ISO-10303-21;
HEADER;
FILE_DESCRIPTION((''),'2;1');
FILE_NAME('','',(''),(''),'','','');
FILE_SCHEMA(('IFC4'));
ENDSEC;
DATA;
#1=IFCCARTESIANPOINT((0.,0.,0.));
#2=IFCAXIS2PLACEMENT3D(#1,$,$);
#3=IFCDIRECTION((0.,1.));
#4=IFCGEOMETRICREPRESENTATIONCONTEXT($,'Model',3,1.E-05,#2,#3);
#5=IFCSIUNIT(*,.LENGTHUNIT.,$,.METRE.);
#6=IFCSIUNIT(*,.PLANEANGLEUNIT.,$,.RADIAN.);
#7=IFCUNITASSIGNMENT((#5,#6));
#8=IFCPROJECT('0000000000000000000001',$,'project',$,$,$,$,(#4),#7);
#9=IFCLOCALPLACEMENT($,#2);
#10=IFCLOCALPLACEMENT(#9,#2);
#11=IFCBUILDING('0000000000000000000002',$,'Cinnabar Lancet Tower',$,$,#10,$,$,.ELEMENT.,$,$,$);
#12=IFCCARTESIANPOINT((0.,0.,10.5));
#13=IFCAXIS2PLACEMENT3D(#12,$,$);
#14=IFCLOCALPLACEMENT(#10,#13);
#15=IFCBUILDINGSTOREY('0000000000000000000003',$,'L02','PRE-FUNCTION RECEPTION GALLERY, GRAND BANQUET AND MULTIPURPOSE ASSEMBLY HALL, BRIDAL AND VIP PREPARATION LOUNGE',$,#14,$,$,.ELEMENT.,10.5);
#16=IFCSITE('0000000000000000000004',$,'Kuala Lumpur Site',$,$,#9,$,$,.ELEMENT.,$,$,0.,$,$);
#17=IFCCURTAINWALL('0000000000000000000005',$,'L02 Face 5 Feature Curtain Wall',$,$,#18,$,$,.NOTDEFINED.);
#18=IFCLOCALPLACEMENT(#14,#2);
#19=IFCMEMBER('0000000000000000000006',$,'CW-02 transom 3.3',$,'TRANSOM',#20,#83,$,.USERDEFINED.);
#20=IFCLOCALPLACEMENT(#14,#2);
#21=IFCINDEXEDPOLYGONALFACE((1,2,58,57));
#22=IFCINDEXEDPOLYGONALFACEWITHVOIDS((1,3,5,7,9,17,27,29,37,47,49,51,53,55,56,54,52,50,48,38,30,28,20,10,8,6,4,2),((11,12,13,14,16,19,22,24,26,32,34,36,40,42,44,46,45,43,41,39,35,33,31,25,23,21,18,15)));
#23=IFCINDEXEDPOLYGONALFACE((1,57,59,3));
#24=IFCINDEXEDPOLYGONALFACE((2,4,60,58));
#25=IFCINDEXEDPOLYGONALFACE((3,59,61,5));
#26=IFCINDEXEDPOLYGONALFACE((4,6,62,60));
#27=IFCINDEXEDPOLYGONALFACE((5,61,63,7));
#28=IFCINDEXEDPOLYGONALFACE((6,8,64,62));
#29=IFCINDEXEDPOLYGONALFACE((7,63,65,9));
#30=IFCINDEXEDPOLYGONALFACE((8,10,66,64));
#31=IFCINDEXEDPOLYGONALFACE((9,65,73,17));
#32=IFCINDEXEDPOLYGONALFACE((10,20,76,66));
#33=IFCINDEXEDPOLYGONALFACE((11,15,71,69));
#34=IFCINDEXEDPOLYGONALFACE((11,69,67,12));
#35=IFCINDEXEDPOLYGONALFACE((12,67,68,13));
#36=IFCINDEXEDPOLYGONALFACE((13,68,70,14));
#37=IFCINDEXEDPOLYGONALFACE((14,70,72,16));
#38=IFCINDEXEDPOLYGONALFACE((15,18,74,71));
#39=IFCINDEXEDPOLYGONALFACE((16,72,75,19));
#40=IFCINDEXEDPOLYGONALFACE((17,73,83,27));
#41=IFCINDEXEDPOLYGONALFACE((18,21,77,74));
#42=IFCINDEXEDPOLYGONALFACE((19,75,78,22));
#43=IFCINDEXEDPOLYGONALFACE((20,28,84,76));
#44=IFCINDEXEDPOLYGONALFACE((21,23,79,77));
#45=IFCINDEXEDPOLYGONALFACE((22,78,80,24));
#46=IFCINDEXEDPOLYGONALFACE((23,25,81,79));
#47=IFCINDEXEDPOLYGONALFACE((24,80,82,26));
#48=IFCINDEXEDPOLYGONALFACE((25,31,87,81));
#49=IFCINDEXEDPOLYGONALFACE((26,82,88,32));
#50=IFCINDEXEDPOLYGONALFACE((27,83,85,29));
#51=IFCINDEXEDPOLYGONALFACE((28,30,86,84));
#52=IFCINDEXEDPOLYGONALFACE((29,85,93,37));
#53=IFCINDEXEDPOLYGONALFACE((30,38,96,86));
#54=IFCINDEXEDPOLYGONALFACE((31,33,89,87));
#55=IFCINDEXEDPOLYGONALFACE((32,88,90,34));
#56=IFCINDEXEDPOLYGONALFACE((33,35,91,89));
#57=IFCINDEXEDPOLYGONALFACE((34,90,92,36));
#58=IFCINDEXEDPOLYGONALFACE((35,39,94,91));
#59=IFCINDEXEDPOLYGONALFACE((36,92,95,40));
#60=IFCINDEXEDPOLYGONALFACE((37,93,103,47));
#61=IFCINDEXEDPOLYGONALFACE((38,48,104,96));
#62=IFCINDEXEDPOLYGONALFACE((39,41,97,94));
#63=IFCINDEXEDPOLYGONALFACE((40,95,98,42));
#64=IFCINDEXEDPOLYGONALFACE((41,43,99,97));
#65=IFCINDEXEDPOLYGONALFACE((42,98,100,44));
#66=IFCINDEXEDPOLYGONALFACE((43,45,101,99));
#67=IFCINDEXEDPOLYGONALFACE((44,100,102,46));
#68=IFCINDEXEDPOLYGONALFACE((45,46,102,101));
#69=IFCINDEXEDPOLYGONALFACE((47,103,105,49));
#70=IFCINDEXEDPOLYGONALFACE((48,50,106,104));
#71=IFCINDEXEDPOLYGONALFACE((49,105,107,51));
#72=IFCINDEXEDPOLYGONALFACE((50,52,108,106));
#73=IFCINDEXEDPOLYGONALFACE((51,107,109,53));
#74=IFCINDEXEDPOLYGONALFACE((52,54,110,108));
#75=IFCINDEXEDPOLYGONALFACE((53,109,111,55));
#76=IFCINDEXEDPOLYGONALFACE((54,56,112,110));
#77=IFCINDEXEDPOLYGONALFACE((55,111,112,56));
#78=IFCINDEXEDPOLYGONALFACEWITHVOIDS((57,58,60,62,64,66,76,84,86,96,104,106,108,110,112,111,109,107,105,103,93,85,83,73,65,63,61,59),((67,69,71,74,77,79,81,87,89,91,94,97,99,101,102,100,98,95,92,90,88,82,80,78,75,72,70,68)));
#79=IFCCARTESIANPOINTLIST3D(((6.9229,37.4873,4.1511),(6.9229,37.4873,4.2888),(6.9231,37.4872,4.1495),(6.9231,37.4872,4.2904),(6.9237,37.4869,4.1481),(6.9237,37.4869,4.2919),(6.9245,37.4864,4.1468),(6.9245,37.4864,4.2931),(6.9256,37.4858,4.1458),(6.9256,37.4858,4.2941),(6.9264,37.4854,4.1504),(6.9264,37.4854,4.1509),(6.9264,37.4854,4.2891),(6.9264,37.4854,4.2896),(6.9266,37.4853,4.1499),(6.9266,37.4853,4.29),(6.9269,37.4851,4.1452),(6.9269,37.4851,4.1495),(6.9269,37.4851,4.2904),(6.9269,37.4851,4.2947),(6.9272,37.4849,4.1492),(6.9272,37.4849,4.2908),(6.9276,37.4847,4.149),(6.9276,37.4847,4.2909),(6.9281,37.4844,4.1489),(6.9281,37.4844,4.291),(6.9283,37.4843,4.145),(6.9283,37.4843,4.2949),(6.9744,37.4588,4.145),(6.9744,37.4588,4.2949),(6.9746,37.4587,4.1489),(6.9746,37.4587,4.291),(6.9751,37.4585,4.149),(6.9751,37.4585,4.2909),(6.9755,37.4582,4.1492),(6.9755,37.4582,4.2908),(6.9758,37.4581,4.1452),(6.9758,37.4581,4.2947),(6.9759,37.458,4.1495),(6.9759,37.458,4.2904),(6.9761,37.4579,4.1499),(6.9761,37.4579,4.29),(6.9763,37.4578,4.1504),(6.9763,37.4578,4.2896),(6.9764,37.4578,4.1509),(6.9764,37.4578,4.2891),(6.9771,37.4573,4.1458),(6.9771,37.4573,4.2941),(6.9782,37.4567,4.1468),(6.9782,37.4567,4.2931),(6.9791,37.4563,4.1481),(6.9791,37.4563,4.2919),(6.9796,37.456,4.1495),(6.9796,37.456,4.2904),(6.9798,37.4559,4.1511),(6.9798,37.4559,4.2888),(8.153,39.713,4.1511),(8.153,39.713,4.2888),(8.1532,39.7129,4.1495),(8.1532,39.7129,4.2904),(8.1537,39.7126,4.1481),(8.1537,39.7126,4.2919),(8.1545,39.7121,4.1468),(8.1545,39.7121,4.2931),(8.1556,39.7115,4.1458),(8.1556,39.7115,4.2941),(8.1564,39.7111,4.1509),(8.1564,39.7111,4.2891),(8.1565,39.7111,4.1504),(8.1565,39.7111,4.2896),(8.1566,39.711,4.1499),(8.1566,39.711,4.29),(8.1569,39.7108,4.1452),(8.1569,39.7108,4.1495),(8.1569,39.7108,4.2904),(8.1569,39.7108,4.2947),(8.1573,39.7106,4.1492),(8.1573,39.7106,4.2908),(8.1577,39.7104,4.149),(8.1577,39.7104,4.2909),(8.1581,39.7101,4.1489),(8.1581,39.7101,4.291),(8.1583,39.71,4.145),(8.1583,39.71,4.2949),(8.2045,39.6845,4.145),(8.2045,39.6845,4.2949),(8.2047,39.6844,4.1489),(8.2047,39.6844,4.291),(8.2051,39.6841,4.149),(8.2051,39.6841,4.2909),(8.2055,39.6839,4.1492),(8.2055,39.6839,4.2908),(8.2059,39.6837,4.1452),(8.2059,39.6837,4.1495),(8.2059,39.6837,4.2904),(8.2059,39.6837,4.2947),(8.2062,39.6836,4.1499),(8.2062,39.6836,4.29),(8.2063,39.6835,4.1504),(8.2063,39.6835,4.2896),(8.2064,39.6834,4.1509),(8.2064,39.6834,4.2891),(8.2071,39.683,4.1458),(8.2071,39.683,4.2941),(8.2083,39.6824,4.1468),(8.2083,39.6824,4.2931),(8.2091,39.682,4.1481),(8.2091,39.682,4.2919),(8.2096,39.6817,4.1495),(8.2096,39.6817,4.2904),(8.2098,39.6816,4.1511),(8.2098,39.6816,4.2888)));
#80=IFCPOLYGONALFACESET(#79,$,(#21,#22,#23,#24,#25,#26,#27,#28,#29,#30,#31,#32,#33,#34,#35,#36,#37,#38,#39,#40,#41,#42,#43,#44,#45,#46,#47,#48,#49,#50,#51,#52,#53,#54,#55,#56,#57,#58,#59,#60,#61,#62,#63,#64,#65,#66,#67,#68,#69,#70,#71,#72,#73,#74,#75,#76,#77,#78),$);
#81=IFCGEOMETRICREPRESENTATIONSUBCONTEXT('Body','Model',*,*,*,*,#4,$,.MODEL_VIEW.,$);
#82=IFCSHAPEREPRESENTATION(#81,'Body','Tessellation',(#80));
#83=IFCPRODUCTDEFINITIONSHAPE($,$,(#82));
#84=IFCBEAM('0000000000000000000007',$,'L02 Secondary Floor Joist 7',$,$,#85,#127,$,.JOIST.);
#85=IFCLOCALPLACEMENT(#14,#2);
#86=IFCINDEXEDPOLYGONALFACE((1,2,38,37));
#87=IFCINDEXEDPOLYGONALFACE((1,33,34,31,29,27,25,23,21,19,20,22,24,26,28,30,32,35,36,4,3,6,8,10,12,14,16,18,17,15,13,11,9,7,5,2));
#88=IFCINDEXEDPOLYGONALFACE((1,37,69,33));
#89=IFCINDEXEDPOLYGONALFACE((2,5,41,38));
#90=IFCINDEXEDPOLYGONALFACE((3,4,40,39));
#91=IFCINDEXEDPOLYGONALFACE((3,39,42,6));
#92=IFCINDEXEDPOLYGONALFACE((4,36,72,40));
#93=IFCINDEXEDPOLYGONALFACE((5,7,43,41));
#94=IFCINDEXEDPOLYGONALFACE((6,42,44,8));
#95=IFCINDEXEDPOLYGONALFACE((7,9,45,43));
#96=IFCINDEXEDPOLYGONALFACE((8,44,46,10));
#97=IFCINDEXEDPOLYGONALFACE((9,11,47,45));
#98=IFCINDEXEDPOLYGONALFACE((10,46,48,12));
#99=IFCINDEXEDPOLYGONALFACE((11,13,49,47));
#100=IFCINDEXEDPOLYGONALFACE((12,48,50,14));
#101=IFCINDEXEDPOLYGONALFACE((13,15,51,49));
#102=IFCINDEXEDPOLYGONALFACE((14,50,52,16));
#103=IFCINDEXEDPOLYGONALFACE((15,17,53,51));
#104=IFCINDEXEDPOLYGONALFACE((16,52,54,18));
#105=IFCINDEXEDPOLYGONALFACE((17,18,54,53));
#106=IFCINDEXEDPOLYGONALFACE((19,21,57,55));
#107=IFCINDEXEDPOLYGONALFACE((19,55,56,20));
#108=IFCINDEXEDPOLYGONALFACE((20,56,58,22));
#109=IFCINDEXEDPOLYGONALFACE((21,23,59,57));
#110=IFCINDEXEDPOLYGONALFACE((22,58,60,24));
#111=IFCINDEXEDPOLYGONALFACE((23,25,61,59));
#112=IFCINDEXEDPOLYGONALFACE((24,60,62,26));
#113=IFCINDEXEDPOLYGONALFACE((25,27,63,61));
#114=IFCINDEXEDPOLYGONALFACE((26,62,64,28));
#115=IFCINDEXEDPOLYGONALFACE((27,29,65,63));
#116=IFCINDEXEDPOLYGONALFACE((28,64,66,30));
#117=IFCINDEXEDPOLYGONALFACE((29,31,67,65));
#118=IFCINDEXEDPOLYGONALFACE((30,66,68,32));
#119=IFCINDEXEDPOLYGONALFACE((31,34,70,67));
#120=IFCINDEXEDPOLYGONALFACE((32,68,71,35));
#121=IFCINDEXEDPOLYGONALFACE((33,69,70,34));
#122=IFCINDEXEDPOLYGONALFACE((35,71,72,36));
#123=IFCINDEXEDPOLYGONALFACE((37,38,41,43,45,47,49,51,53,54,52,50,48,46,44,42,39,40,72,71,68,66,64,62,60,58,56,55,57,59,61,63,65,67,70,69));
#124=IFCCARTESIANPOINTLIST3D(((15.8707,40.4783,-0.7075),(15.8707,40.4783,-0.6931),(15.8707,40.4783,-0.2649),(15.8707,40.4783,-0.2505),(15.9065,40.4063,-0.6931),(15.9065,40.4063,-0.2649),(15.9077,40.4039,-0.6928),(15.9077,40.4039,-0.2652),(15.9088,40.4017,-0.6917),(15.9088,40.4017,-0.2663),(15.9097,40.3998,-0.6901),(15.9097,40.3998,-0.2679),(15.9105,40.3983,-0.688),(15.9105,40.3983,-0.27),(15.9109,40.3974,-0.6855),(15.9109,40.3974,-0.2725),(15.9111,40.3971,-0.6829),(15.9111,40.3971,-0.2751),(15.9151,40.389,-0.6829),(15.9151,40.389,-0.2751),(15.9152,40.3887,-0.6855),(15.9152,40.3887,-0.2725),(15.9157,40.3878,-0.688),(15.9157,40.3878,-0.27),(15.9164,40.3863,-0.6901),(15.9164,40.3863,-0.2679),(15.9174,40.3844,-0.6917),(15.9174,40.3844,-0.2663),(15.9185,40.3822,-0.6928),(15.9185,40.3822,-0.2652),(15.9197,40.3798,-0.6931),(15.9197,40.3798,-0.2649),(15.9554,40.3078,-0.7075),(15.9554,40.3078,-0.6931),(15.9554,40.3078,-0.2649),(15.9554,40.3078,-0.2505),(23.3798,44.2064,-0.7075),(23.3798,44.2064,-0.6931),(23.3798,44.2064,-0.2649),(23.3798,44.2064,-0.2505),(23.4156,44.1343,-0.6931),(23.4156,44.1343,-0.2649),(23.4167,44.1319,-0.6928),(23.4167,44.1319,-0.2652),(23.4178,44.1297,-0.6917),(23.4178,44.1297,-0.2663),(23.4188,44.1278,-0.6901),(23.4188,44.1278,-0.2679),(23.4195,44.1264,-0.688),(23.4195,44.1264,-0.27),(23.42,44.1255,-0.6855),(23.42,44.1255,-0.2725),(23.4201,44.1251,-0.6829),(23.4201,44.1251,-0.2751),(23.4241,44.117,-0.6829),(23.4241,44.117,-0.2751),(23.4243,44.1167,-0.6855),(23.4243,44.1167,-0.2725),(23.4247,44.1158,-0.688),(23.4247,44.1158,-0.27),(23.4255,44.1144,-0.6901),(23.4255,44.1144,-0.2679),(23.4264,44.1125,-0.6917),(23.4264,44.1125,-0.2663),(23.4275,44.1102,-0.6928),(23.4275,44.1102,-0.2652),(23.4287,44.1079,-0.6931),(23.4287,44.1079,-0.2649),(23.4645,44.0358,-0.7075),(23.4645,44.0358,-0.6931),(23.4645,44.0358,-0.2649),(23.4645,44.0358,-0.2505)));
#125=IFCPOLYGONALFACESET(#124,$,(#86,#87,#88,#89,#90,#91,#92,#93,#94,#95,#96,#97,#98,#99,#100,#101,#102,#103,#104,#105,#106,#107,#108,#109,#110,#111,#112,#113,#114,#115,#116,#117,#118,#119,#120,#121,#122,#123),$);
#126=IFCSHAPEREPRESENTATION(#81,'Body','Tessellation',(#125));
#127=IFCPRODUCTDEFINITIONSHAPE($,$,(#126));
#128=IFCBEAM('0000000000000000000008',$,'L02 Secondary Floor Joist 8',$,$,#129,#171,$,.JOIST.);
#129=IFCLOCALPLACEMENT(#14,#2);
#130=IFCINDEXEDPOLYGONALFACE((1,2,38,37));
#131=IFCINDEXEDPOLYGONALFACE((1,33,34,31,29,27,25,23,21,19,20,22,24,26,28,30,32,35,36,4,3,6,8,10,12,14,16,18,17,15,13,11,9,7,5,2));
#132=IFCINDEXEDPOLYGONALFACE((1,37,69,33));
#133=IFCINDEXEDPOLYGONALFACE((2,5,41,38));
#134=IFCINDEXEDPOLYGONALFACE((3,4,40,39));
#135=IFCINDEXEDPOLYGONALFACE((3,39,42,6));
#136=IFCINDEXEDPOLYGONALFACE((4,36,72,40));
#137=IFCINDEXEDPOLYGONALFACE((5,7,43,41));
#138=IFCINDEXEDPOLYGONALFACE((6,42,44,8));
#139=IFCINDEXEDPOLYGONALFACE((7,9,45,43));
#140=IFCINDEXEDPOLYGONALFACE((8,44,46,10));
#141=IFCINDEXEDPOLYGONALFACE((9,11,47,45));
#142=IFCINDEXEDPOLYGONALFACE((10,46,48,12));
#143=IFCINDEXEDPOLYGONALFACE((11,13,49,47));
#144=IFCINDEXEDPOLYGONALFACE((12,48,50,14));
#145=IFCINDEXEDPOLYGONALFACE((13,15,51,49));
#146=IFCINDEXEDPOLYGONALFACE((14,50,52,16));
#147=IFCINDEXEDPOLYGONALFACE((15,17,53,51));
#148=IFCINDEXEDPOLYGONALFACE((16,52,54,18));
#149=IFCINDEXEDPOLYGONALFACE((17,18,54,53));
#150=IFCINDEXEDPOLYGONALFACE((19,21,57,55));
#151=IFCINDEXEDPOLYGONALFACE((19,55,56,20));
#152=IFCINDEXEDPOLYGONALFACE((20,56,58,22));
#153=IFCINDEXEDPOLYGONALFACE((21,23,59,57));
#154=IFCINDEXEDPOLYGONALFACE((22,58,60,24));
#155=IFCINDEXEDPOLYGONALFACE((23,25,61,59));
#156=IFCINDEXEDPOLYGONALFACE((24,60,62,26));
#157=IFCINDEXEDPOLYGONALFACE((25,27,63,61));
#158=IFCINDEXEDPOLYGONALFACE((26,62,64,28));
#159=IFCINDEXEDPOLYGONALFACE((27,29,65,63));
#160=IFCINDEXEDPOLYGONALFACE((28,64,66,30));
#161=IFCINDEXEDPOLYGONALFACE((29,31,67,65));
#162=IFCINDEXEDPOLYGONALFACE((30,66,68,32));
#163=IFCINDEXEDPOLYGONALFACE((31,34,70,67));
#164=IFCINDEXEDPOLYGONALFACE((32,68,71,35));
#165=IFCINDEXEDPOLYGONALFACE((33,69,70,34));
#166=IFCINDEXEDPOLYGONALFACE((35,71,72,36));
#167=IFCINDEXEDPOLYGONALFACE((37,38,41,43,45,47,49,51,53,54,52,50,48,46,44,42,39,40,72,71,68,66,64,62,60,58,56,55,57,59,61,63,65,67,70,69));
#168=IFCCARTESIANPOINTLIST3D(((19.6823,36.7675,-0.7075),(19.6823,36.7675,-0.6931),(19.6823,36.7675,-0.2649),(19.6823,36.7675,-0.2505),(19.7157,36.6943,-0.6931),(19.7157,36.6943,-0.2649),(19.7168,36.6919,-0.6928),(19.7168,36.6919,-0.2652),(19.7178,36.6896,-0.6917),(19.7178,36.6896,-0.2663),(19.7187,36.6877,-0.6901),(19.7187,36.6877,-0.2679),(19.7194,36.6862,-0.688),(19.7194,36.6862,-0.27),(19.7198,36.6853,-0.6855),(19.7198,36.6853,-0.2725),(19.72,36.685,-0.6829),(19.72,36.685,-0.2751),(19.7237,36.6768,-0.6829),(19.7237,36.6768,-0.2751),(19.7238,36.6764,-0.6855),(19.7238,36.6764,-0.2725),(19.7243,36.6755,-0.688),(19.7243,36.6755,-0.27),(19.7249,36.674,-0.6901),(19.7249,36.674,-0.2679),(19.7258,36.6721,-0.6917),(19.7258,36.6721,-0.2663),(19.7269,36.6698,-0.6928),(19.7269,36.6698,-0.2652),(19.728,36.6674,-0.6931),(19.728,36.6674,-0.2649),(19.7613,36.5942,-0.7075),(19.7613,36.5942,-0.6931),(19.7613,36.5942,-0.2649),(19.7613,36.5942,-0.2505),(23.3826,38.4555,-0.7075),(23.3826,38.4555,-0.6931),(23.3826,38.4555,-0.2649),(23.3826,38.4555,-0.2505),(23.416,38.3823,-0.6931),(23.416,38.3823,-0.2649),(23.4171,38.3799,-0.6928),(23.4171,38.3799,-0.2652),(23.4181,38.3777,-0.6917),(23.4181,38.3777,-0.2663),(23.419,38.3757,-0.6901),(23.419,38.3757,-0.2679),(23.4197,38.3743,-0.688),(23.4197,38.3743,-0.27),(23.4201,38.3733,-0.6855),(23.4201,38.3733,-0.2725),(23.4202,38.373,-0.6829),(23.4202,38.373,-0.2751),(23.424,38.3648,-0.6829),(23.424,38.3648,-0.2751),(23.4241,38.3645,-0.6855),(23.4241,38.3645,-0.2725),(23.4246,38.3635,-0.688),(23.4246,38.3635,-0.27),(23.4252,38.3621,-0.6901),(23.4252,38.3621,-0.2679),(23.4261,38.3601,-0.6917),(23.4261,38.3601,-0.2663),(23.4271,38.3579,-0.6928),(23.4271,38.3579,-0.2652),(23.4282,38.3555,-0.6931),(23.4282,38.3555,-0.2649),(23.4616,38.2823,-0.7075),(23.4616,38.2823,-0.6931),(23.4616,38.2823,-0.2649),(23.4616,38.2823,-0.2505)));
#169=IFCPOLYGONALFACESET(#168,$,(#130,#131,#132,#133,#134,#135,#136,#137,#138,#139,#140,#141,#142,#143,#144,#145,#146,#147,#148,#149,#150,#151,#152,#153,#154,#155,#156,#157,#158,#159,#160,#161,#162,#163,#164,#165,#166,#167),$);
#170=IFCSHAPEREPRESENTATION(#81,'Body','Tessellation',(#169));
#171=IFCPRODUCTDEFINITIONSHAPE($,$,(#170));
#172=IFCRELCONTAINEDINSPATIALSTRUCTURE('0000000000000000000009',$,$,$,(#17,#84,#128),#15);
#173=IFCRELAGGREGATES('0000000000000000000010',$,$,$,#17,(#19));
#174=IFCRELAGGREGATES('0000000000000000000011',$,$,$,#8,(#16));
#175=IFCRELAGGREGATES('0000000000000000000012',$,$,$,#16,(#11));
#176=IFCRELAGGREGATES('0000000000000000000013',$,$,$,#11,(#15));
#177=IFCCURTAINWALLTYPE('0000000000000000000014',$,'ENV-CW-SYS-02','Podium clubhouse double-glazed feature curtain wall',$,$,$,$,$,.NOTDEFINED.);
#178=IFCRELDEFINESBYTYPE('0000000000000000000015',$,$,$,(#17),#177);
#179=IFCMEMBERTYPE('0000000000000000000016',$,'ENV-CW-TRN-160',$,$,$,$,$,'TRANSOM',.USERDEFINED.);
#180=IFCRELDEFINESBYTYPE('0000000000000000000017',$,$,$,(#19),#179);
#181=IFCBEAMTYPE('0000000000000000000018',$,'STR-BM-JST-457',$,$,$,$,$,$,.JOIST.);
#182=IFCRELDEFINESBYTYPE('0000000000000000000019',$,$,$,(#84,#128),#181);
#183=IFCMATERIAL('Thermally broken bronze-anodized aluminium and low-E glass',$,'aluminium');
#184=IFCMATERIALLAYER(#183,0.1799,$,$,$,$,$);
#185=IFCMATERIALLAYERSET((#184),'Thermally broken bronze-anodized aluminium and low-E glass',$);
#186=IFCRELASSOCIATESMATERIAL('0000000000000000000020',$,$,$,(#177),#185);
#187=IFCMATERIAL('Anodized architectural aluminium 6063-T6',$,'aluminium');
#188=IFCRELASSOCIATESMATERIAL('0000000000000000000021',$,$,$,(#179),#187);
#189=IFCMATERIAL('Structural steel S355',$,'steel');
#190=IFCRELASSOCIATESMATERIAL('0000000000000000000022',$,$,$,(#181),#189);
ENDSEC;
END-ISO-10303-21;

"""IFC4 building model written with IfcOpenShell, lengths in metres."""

from ifc_helpers import new_model, si_unit, direction, frame, origin, origin_2d, place, context, subcontext, project, spatial, hollow_rectangle, i_section, extrude, material, layer, layer_set, material_profile, profile_set, type_object, element, aggregate, save


model = new_model("IFC4")

# Units and contexts
model_context = context("Model", 3, precision=1e-05, world=origin(), true_north=direction((0.0, 1.0)))
body_context = subcontext(model_context, "Body", "Model", "MODEL_VIEW")
ifc_project = project(units=[si_unit("LENGTHUNIT", "METRE"), si_unit("PLANEANGLEUNIT", "RADIAN")], contexts=[model_context])

# Site, building, storey
site_placement = place(None, origin())
site = spatial("IfcSite", under=ifc_project, at=site_placement, Name="Kuala Lumpur Site", CompositionType="ELEMENT", RefElevation=0.0)
building_placement = place(site_placement, origin())
building = spatial("IfcBuilding", under=site, at=building_placement, Name="Cinnabar Lancet Tower", CompositionType="ELEMENT")
storey_placement = place(building_placement, frame((0.0, 0.0, 10.5)))
storey = spatial("IfcBuildingStorey", under=building, at=storey_placement, Name="L02", Description="PRE-FUNCTION RECEPTION GALLERY, GRAND BANQUET AND MULTIPURPOSE ASSEMBLY HALL, BRIDAL AND VIP PREPARATION LOUNGE", CompositionType="ELEMENT", Elevation=10.5)

# Curtain wall, member
ifc_material_1 = material(Name="Thermally broken bronze-anodized aluminium and low-E glass", Category="aluminium")
ifc_layer_1 = layer(ifc_material_1, 0.1799)
ifc_layer_set_1 = layer_set([ifc_layer_1], Name="Thermally broken bronze-anodized aluminium and low-E glass")
curtain_wall_type = type_object("IfcCurtainWallType", Name="ENV-CW-SYS-02", Description="Podium clubhouse double-glazed feature curtain wall", PredefinedType="NOTDEFINED", material=ifc_layer_set_1)
curtain_wall_placement = place(storey_placement, origin())
curtain_wall = element("IfcCurtainWall", 1, at=curtain_wall_placement, inside=storey, type_object=curtain_wall_type, Name="L02 Face 5 Feature Curtain Wall", PredefinedType="NOTDEFINED")
ifc_material_2 = material(Name="Anodized architectural aluminium 6063-T6", Category="aluminium")
ifc_material_profile_1 = material_profile(ifc_material_2, hollow_rectangle(XDim=0.0649, YDim=0.1499, WallThickness=0.0039, InnerFilletRadius=0.002, OuterFilletRadius=0.0061, at=origin_2d()), Name="CW-TRN 150x65x4")
ifc_profile_set_1 = profile_set([ifc_material_profile_1], Name="Anodized architectural aluminium 6063-T6")
member_type_1 = type_object("IfcMemberType", Name="ENV-CW-TRN-160", ElementType="TRANSOM", PredefinedType="USERDEFINED", material=ifc_profile_set_1)
member_1_placement = place(storey_placement, frame((8.1814, 39.6973, 4.22), z_axis=(-0.483702, -0.875233, 0.0), x_axis=(0.875233, -0.483702, 0.0)))
member_1 = element("IfcMember", 2, at=member_1_placement, type_object=member_type_1, Name="CW-02 transom 3.3", ObjectType="TRANSOM", PredefinedType="USERDEFINED", context=body_context, shape_type="SweptSolid", body=[
    extrude(hollow_rectangle(XDim=0.0649, YDim=0.1499, WallThickness=0.0039, InnerFilletRadius=0.002, OuterFilletRadius=0.0061, at=origin_2d()), origin(), (0.0, 0.0, 1.0), 2.543),
])

# Beams
ifc_material_3 = material(Name="Structural steel S355", Category="steel")
ifc_material_profile_2 = material_profile(ifc_material_3, i_section(OverallWidth=0.1904, OverallDepth=0.457, WebThickness=0.009, FlangeThickness=0.0144, FilletRadius=0.0103, at=origin_2d()), Name="UKB 457x191x74")
ifc_profile_set_2 = profile_set([ifc_material_profile_2], Name="Structural steel S355")
beam_type_1 = type_object("IfcBeamType", Name="STR-BM-JST-457", PredefinedType="JOIST", material=ifc_profile_set_2)
beam_1_placement = place(storey_placement, frame((23.4221, 44.1211, -0.479), z_axis=(-0.895687, -0.444684, 0.0), x_axis=(0.444684, -0.895687, 0.0)))
element("IfcBeam", 3, at=beam_1_placement, inside=storey, type_object=beam_type_1, Name="L02 Secondary Floor Joist 7", PredefinedType="JOIST", context=body_context, shape_type="SweptSolid", body=[
    extrude(i_section(OverallWidth=0.1904, OverallDepth=0.457, WebThickness=0.009, FlangeThickness=0.0144, FilletRadius=0.0103, at=origin_2d()), origin(), (0.0, 0.0, 1.0), 8.3835),
])
beam_2_placement = place(storey_placement, frame((23.4221, 38.3689, -0.479), z_axis=(-0.909802, -0.415042, 0.0), x_axis=(0.415042, -0.909802, 0.0)))
element("IfcBeam", 4, at=beam_2_placement, inside=storey, type_object=beam_type_1, Name="L02 Secondary Floor Joist 8", PredefinedType="JOIST", context=body_context, shape_type="SweptSolid", body=[
    extrude(i_section(OverallWidth=0.1904, OverallDepth=0.457, WebThickness=0.009, FlangeThickness=0.0144, FilletRadius=0.0103, at=origin_2d()), origin(), (0.0, 0.0, 1.0), 4.0671),
])

aggregate(curtain_wall, [member_1])

save(model, "model.ifc")
